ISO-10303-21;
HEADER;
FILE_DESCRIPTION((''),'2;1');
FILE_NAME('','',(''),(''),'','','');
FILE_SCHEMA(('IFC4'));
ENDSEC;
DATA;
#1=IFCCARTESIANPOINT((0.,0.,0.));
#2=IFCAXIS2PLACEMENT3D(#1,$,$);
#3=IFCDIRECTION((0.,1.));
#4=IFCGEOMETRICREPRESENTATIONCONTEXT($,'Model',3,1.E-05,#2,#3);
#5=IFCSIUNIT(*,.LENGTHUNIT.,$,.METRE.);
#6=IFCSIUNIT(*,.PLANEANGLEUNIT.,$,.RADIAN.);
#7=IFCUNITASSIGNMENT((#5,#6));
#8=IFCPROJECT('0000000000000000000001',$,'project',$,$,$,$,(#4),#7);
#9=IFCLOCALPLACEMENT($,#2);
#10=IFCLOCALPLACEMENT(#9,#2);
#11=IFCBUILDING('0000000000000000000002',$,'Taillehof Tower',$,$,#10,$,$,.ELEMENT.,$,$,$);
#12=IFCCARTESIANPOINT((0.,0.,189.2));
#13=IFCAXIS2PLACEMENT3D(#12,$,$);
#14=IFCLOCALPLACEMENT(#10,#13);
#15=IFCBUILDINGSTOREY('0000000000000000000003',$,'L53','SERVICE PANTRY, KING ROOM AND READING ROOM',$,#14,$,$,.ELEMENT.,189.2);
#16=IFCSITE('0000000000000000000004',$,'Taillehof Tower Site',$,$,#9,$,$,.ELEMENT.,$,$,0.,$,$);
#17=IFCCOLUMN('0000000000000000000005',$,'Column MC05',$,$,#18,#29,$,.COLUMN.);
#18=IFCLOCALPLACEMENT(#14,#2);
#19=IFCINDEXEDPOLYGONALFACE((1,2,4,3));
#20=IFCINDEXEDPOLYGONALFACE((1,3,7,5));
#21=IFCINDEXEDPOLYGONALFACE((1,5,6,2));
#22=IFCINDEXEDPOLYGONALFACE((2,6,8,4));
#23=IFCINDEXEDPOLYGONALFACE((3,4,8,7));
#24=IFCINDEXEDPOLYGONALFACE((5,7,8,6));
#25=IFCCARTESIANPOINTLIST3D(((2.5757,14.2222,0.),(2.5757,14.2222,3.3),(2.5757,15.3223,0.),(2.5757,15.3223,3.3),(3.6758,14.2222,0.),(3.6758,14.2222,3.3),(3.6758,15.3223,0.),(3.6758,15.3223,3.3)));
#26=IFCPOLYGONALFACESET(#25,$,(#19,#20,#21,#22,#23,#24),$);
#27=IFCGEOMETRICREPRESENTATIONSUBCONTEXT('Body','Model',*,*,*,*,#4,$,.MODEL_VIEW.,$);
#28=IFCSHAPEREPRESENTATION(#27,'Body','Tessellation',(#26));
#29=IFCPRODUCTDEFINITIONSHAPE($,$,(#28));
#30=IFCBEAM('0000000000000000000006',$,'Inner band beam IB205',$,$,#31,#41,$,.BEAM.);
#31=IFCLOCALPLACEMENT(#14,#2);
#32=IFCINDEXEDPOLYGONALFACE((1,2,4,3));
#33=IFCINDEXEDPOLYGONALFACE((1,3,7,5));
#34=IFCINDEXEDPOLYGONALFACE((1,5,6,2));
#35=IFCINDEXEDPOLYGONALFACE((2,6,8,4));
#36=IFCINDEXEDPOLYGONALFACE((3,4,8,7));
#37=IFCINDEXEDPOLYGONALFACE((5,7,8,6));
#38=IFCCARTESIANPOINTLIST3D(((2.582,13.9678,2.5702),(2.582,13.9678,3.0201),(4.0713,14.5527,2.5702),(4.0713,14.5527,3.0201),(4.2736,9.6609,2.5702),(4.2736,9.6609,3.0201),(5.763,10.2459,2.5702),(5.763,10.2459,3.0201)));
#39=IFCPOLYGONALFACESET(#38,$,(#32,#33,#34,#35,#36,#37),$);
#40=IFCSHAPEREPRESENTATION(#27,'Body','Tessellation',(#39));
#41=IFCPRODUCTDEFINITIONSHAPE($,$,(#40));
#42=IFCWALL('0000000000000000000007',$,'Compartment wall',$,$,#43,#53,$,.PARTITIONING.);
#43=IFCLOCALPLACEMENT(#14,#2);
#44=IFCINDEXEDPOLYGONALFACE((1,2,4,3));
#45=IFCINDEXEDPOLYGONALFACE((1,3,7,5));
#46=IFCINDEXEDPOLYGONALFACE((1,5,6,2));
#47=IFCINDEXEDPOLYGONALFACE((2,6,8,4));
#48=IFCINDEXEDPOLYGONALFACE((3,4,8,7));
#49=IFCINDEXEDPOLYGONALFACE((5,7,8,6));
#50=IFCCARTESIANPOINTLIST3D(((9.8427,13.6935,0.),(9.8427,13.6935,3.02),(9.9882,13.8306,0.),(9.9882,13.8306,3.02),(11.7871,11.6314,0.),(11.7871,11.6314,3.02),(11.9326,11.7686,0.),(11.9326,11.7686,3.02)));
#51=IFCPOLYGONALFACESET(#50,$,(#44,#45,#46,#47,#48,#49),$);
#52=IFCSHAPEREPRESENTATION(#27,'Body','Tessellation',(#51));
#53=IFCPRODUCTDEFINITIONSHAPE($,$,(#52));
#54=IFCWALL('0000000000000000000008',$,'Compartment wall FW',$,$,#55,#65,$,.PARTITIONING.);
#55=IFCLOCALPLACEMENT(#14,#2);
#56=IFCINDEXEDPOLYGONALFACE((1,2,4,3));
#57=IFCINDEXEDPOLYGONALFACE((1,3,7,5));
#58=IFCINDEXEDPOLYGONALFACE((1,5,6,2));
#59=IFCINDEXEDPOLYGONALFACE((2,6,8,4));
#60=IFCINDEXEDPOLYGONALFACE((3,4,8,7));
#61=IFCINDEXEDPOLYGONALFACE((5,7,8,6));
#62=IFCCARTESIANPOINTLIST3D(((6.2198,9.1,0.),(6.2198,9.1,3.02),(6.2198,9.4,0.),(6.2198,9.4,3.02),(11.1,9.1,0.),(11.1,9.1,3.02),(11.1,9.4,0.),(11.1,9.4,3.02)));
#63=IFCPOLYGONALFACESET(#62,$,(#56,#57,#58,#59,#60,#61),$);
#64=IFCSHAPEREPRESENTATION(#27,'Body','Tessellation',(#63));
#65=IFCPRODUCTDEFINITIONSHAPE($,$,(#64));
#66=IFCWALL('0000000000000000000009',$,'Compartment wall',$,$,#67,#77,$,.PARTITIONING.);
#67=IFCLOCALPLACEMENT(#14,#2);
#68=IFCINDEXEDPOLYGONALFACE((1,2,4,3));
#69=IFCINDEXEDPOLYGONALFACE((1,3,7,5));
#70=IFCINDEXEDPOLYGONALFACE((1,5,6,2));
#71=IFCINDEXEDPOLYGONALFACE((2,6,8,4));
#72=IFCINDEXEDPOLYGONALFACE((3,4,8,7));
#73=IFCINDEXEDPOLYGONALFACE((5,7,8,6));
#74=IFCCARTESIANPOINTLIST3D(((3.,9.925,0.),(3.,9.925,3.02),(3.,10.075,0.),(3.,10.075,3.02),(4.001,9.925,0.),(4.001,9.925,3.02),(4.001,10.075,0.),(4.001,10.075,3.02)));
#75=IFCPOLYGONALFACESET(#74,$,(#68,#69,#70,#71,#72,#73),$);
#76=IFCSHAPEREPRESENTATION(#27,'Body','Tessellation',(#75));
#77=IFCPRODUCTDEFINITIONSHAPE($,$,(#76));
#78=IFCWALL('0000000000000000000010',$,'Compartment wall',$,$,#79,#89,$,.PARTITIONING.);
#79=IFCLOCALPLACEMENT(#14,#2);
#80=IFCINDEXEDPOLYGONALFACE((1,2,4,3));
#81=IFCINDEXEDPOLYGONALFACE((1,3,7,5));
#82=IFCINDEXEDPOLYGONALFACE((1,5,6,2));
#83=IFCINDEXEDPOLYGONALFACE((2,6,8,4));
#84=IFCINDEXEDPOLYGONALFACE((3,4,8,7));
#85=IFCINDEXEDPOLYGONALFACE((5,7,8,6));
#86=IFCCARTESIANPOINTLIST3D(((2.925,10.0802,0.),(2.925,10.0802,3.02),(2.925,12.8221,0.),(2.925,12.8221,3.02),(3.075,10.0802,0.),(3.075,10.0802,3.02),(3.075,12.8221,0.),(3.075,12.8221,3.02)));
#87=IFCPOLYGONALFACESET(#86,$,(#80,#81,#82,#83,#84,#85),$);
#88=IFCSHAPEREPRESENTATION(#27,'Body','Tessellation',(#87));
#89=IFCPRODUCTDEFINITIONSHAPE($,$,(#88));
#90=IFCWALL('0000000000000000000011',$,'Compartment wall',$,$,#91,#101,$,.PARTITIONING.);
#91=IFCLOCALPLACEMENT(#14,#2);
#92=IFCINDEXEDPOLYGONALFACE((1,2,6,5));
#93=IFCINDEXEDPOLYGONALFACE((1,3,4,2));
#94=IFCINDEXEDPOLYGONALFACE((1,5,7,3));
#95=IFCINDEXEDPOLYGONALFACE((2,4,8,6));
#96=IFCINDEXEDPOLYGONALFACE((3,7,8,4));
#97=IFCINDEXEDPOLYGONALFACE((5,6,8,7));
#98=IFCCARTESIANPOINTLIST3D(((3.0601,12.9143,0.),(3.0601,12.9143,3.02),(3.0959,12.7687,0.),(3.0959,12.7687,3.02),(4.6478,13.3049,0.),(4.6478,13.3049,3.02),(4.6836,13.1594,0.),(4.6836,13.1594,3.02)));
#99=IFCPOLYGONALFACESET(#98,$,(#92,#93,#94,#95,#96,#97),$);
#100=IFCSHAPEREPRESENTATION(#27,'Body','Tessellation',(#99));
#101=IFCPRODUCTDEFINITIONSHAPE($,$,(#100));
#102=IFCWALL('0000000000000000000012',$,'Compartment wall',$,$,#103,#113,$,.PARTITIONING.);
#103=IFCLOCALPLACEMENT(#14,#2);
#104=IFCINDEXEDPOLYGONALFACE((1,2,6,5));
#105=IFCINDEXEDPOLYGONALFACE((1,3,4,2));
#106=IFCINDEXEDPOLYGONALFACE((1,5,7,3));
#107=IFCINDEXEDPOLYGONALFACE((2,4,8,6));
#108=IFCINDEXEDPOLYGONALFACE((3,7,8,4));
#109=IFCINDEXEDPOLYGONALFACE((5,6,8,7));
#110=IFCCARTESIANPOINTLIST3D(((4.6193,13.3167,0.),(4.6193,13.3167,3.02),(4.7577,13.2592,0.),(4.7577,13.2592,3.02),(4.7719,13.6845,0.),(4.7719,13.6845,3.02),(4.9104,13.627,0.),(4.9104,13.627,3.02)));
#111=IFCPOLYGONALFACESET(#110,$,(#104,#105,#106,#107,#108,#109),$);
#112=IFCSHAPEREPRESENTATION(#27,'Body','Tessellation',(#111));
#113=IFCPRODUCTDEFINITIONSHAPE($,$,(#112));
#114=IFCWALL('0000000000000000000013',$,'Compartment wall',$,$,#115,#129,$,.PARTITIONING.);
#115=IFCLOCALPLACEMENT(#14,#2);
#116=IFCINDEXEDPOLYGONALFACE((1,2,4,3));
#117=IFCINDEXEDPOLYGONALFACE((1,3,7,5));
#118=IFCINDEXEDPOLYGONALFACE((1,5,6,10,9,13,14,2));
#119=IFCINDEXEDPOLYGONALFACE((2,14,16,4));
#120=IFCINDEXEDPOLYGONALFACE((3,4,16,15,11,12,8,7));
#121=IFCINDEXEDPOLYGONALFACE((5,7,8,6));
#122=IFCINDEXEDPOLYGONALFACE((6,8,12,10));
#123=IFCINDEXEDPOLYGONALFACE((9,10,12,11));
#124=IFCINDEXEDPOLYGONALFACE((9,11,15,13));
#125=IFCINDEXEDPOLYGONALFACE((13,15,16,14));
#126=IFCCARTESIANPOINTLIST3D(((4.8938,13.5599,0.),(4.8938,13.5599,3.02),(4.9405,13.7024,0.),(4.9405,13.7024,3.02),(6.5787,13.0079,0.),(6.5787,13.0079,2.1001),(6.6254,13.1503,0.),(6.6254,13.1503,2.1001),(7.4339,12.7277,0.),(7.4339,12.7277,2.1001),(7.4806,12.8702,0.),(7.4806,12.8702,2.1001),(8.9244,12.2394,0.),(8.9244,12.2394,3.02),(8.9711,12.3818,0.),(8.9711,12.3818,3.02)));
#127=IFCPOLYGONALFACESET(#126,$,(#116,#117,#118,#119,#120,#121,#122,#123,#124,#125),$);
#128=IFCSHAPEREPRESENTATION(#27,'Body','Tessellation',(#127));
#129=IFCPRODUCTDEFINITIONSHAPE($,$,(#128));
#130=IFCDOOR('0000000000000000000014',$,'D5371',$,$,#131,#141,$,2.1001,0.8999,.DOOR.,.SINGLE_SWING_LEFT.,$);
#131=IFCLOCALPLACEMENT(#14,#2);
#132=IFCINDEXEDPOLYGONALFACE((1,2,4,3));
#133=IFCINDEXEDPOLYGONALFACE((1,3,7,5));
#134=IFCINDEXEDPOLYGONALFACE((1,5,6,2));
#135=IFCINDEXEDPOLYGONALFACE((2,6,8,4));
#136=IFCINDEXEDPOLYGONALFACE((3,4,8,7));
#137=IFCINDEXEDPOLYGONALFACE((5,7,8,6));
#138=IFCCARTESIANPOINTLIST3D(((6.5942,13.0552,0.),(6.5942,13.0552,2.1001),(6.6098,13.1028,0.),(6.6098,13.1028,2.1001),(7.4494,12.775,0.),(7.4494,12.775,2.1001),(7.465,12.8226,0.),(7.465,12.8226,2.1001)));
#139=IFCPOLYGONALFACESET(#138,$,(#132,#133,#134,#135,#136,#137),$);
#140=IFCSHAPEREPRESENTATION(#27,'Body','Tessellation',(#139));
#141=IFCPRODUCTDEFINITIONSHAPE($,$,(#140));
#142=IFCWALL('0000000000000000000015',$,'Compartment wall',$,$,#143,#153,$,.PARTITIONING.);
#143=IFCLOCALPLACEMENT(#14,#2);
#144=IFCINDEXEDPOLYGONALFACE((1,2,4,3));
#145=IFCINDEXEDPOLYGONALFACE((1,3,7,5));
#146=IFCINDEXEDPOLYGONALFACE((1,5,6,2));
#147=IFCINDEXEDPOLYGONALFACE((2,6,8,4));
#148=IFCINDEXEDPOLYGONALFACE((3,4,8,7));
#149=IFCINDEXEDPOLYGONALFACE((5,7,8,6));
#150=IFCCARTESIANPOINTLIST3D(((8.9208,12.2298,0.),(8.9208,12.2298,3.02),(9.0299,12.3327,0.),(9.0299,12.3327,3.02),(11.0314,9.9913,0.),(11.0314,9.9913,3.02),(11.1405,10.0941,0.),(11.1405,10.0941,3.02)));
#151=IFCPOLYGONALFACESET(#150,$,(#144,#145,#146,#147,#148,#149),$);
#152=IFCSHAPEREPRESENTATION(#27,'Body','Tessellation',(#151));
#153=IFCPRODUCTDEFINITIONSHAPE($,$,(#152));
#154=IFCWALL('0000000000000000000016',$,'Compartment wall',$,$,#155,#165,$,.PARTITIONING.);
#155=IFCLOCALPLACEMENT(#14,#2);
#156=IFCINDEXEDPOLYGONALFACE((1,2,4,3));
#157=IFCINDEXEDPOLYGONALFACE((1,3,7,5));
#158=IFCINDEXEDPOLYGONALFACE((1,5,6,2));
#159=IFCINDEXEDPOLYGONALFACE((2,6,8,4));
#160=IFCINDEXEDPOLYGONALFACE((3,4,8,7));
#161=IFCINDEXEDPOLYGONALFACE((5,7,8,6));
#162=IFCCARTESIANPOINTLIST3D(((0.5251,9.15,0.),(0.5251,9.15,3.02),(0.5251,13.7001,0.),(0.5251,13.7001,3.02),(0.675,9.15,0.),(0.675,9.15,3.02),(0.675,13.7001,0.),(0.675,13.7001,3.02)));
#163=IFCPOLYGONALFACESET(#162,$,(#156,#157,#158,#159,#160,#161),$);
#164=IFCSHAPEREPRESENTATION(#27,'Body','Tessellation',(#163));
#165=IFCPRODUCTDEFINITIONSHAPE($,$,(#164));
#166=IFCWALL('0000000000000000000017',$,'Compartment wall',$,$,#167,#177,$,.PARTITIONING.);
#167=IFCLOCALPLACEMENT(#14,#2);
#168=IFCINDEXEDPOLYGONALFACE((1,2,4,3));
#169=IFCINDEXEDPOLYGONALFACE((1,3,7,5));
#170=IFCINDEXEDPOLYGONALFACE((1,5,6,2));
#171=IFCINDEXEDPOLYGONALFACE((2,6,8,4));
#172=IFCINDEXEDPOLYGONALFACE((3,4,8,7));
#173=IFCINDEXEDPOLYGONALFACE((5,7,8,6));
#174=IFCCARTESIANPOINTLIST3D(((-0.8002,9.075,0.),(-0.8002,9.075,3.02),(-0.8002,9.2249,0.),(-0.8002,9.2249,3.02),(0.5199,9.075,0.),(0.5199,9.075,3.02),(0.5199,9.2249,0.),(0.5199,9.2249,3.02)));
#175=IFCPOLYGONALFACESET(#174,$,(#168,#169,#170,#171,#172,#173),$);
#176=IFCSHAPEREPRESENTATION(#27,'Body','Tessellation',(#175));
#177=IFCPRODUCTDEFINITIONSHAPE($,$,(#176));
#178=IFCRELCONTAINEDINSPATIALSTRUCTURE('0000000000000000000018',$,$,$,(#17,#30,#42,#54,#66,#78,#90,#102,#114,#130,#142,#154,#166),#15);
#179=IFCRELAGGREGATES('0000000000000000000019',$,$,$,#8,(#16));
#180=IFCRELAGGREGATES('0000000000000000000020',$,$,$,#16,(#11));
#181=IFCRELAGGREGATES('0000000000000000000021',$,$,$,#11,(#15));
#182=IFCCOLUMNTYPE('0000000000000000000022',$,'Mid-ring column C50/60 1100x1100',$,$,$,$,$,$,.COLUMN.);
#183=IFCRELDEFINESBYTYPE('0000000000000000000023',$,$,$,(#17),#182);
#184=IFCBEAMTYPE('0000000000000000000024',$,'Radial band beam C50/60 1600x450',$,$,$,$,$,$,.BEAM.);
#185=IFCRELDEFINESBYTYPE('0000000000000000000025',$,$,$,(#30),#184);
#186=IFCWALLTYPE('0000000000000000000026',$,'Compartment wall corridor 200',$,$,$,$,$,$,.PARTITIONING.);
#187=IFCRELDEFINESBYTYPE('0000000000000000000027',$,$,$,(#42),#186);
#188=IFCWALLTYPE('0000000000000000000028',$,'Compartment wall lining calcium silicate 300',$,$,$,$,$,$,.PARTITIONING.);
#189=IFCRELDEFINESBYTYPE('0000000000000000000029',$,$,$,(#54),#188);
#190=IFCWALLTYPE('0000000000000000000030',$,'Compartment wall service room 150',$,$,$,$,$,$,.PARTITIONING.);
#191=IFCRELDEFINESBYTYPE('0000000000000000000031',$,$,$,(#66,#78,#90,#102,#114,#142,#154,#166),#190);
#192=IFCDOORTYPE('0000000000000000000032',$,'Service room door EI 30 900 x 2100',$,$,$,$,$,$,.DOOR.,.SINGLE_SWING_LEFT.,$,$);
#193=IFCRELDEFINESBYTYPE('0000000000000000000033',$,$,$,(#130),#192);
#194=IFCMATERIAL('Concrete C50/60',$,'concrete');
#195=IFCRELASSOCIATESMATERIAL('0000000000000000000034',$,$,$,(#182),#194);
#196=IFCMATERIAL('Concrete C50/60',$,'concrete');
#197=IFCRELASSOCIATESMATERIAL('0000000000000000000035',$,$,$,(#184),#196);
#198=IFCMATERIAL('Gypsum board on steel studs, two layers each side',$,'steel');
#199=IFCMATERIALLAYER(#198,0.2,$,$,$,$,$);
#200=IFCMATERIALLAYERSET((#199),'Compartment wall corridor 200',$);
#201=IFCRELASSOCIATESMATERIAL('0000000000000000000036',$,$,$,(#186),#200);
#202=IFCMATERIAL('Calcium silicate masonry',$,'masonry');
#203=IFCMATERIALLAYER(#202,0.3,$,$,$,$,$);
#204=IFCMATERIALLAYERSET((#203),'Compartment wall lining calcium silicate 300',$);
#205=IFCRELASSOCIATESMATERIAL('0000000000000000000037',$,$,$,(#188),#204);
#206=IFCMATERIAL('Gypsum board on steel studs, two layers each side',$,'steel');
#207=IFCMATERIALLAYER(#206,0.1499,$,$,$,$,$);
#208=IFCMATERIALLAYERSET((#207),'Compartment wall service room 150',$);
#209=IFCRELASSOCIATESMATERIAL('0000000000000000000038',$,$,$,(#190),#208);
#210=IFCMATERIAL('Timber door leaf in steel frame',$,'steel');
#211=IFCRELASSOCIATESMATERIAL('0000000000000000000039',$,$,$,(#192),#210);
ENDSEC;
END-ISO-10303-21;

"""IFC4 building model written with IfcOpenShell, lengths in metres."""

from ifc_helpers import new_model, si_unit, direction, frame, frame_2d, origin, origin_2d, place, context, subcontext, project, spatial, rectangle, extrude, material, layer, layer_set, material_profile, profile_set, type_object, element, fill, save


model = new_model("IFC4")

# Units and contexts
model_context = context("Model", 3, precision=1e-05, world=origin(), true_north=direction((0.0, 1.0)))
body_context = subcontext(model_context, "Body", "Model", "MODEL_VIEW")
ifc_project = project(units=[si_unit("LENGTHUNIT", "METRE"), si_unit("PLANEANGLEUNIT", "RADIAN")], contexts=[model_context])

# Site, building, storey
site_placement = place(None, origin())
site = spatial("IfcSite", under=ifc_project, at=site_placement, Name="Taillehof Tower Site", CompositionType="ELEMENT", RefElevation=0.0)
building_placement = place(site_placement, origin())
building = spatial("IfcBuilding", under=site, at=building_placement, Name="Taillehof Tower", CompositionType="ELEMENT")
storey_placement = place(building_placement, frame((0.0, 0.0, 189.2)))
storey = spatial("IfcBuildingStorey", under=building, at=storey_placement, Name="L53", Description="SERVICE PANTRY, KING ROOM AND READING ROOM", CompositionType="ELEMENT", Elevation=189.2)

# Column
ifc_material_1 = material(Name="Concrete C50/60", Category="concrete")
ifc_material_profile_1 = material_profile(ifc_material_1, rectangle(XDim=1.1001, YDim=1.1001, at=origin_2d()), Name="RC 1100x1100")
ifc_profile_set_1 = profile_set([ifc_material_profile_1], Name="Concrete C50/60")
column_type = type_object("IfcColumnType", Name="Mid-ring column C50/60 1100x1100", PredefinedType="COLUMN", material=ifc_profile_set_1)
column_placement = place(storey_placement, frame((3.1257, 14.7722, 0.0), z_axis=(0.0, 0.0, 1.0), x_axis=(1.0, 0.0, 0.0)))
element("IfcColumn", 1, at=column_placement, inside=storey, type_object=column_type, Name="Column MC05", PredefinedType="COLUMN", context=body_context, shape_type="SweptSolid", body=[
    extrude(rectangle(XDim=1.1001, YDim=1.1001, at=origin_2d()), origin(), (0.0, 0.0, 1.0), 3.3),
])

# Beam
ifc_material_2 = material(Name="Concrete C50/60", Category="concrete")
ifc_material_profile_2 = material_profile(ifc_material_2, rectangle(XDim=1.6001, YDim=0.45, at=origin_2d()), Name="RC 1600x450")
ifc_profile_set_2 = profile_set([ifc_material_profile_2], Name="Concrete C50/60")
beam_type = type_object("IfcBeamType", Name="Radial band beam C50/60 1600x450", PredefinedType="BEAM", material=ifc_profile_set_2)
beam_placement = place(storey_placement, frame((3.3267, 14.2603, 2.7952), z_axis=(0.365589, -0.930777, 0.0), x_axis=(0.930777, 0.365589, 0.0)))
element("IfcBeam", 2, at=beam_placement, inside=storey, type_object=beam_type, Name="Inner band beam IB205", PredefinedType="BEAM", context=body_context, shape_type="SweptSolid", body=[
    extrude(rectangle(XDim=1.6001, YDim=0.45, at=origin_2d()), origin(), (0.0, 0.0, 1.0), 4.6272),
])

# Walls
ifc_material_3 = material(Name="Gypsum board on steel studs, two layers each side", Category="steel")
ifc_layer_1 = layer(ifc_material_3, 0.2)
ifc_layer_set_1 = layer_set([ifc_layer_1], Name="Compartment wall corridor 200")
wall_type_1 = type_object("IfcWallType", Name="Compartment wall corridor 200", PredefinedType="PARTITIONING", material=ifc_layer_set_1)
wall_1_placement = place(storey_placement, frame((9.9155, 13.762, 0.0), z_axis=(0.0, 0.0, 1.0), x_axis=(0.686042, -0.727562, 0.0)))
element("IfcWall", 3, at=wall_1_placement, inside=storey, type_object=wall_type_1, Name="Compartment wall", PredefinedType="PARTITIONING", context=body_context, shape_type="SweptSolid", body=[
    extrude(rectangle(XDim=2.8342, YDim=0.2, at=frame_2d((1.417, 0.0))), origin(), (0.0, 0.0, 1.0), 3.02),
])
ifc_material_4 = material(Name="Calcium silicate masonry", Category="masonry")
ifc_layer_2 = layer(ifc_material_4, 0.3)
ifc_layer_set_2 = layer_set([ifc_layer_2], Name="Compartment wall lining calcium silicate 300")
wall_type_2 = type_object("IfcWallType", Name="Compartment wall lining calcium silicate 300", PredefinedType="PARTITIONING", material=ifc_layer_set_2)
wall_2_placement = place(storey_placement, frame((6.22, 9.25, 0.0), z_axis=(0.0, 0.0, 1.0), x_axis=(1.0, 0.0, 0.0)))
element("IfcWall", 4, at=wall_2_placement, inside=storey, type_object=wall_type_2, Name="Compartment wall FW", PredefinedType="PARTITIONING", context=body_context, shape_type="SweptSolid", body=[
    extrude(rectangle(XDim=4.8801, YDim=0.3, at=frame_2d((2.4399, 0.0))), origin(), (0.0, 0.0, 1.0), 3.02),
])
ifc_material_5 = material(Name="Gypsum board on steel studs, two layers each side", Category="steel")
ifc_layer_3 = layer(ifc_material_5, 0.1499)
ifc_layer_set_3 = layer_set([ifc_layer_3], Name="Compartment wall service room 150")
wall_type_3 = type_object("IfcWallType", Name="Compartment wall service room 150", PredefinedType="PARTITIONING", material=ifc_layer_set_3)
wall_3_placement = place(storey_placement, frame((4.001, 10.0, 0.0), z_axis=(0.0, 0.0, 1.0), x_axis=(-1.0, 0.0, 0.0)))
element("IfcWall", 5, at=wall_3_placement, inside=storey, type_object=wall_type_3, Name="Compartment wall", PredefinedType="PARTITIONING", context=body_context, shape_type="SweptSolid", body=[
    extrude(rectangle(XDim=1.001, YDim=0.1499, at=frame_2d((0.5005, 0.0))), origin(), (0.0, 0.0, 1.0), 3.02),
])
wall_4_placement = place(storey_placement, frame((3.0, 10.0801, 0.0), z_axis=(0.0, 0.0, 1.0), x_axis=(0.0, 1.0, 0.0)))
element("IfcWall", 6, at=wall_4_placement, inside=storey, type_object=wall_type_3, Name="Compartment wall", PredefinedType="PARTITIONING", context=body_context, shape_type="SweptSolid", body=[
    extrude(rectangle(XDim=2.7419, YDim=0.1499, at=frame_2d((1.3711, 0.0))), origin(), (0.0, 0.0, 1.0), 3.02),
])
wall_5_placement = place(storey_placement, frame((3.0781, 12.8416, 0.0), z_axis=(0.0, 0.0, 1.0), x_axis=(0.97104, 0.238915, 0.0)))
element("IfcWall", 7, at=wall_5_placement, inside=storey, type_object=wall_type_3, Name="Compartment wall", PredefinedType="PARTITIONING", context=body_context, shape_type="SweptSolid", body=[
    extrude(rectangle(XDim=1.635, YDim=0.1499, at=frame_2d((0.8174, 0.0))), origin(), (0.0, 0.0, 1.0), 3.02),
])
wall_6_placement = place(storey_placement, frame((4.6885, 13.2878, 0.0), z_axis=(0.0, 0.0, 1.0), x_axis=(0.383309, 0.92362, 0.0)))
element("IfcWall", 8, at=wall_6_placement, inside=storey, type_object=wall_type_3, Name="Compartment wall", PredefinedType="PARTITIONING", context=body_context, shape_type="SweptSolid", body=[
    extrude(rectangle(XDim=0.3982, YDim=0.1499, at=frame_2d((0.1992, 0.0))), origin(), (0.0, 0.0, 1.0), 3.02),
])

# Wall, opening, door
wall_7_placement = place(storey_placement, frame((4.9172, 13.6311, 0.0), z_axis=(0.0, 0.0, 1.0), x_axis=(0.9503, -0.311337, 0.0)))
wall_7 = element("IfcWall", 9, at=wall_7_placement, inside=storey, type_object=wall_type_3, Name="Compartment wall", PredefinedType="PARTITIONING", context=body_context, shape_type="SweptSolid", body=[
    extrude(rectangle(XDim=4.2415, YDim=0.1499, at=frame_2d((2.1206, 0.0))), origin(), (0.0, 0.0, 1.0), 3.02),
])
opening_1_placement = place(wall_7_placement, frame((1.7729, 0.0, 0.0)))
opening_1 = element("IfcOpeningElement", 10, at=opening_1_placement, cuts=wall_7, PredefinedType="OPENING", context=body_context, shape_type="SweptSolid", body=[
    extrude(rectangle(XDim=0.8999, YDim=2.1001, at=frame_2d((0.45, 1.05))), frame((0.0, 0.085, 0.0), z_axis=(0.0, -1.0, 0.0), x_axis=(1.0, 0.0, 0.0)), (0.0, 0.0, 1.0), 0.1699),
])
ifc_material_6 = material(Name="Timber door leaf in steel frame", Category="steel")
door_type_1 = type_object("IfcDoorType", Name="Service room door EI 30 900 x 2100", OperationType="SINGLE_SWING_LEFT", PredefinedType="DOOR", material=ifc_material_6)
door_1_placement = place(opening_1_placement, origin())
door_1 = element("IfcDoor", 11, at=door_1_placement, inside=storey, type_object=door_type_1, Name="D5371", OperationType="SINGLE_SWING_LEFT", OverallHeight=2.1001, OverallWidth=0.8999, PredefinedType="DOOR", context=body_context, shape_type="SweptSolid", body=[
    extrude(rectangle(XDim=0.8999, YDim=2.1001, at=frame_2d((0.45, 1.05))), frame((0.0, 0.0249, 0.0), z_axis=(0.0, -1.0, 0.0), x_axis=(1.0, 0.0, 0.0)), (0.0, 0.0, 1.0), 0.05),
])
fill(opening_1, door_1)

# Walls
wall_8_placement = place(storey_placement, frame((8.9753, 12.2812, 0.0), z_axis=(0.0, 0.0, 1.0), x_axis=(0.68601, -0.727592, 0.0)))
element("IfcWall", 12, at=wall_8_placement, inside=storey, type_object=wall_type_3, Name="Compartment wall", PredefinedType="PARTITIONING", context=body_context, shape_type="SweptSolid", body=[
    extrude(rectangle(XDim=3.0767, YDim=0.1499, at=frame_2d((1.5383, 0.0))), origin(), (0.0, 0.0, 1.0), 3.02),
])
wall_9_placement = place(storey_placement, frame((0.6001, 13.7, 0.0), z_axis=(0.0, 0.0, 1.0), x_axis=(0.0, -1.0, 0.0)))
element("IfcWall", 13, at=wall_9_placement, inside=storey, type_object=wall_type_3, Name="Compartment wall", PredefinedType="PARTITIONING", context=body_context, shape_type="SweptSolid", body=[
    extrude(rectangle(XDim=4.55, YDim=0.1499, at=frame_2d((2.2749, 0.0))), origin(), (0.0, 0.0, 1.0), 3.02),
])
wall_10_placement = place(storey_placement, frame((0.52, 9.1499, 0.0), z_axis=(0.0, 0.0, 1.0), x_axis=(-1.0, 0.0, 0.0)))
element("IfcWall", 14, at=wall_10_placement, inside=storey, type_object=wall_type_3, Name="Compartment wall", PredefinedType="PARTITIONING", context=body_context, shape_type="SweptSolid", body=[
    extrude(rectangle(XDim=1.3201, YDim=0.1499, at=frame_2d((0.6602, 0.0))), origin(), (0.0, 0.0, 1.0), 3.02),
])

save(model, "model.ifc")
